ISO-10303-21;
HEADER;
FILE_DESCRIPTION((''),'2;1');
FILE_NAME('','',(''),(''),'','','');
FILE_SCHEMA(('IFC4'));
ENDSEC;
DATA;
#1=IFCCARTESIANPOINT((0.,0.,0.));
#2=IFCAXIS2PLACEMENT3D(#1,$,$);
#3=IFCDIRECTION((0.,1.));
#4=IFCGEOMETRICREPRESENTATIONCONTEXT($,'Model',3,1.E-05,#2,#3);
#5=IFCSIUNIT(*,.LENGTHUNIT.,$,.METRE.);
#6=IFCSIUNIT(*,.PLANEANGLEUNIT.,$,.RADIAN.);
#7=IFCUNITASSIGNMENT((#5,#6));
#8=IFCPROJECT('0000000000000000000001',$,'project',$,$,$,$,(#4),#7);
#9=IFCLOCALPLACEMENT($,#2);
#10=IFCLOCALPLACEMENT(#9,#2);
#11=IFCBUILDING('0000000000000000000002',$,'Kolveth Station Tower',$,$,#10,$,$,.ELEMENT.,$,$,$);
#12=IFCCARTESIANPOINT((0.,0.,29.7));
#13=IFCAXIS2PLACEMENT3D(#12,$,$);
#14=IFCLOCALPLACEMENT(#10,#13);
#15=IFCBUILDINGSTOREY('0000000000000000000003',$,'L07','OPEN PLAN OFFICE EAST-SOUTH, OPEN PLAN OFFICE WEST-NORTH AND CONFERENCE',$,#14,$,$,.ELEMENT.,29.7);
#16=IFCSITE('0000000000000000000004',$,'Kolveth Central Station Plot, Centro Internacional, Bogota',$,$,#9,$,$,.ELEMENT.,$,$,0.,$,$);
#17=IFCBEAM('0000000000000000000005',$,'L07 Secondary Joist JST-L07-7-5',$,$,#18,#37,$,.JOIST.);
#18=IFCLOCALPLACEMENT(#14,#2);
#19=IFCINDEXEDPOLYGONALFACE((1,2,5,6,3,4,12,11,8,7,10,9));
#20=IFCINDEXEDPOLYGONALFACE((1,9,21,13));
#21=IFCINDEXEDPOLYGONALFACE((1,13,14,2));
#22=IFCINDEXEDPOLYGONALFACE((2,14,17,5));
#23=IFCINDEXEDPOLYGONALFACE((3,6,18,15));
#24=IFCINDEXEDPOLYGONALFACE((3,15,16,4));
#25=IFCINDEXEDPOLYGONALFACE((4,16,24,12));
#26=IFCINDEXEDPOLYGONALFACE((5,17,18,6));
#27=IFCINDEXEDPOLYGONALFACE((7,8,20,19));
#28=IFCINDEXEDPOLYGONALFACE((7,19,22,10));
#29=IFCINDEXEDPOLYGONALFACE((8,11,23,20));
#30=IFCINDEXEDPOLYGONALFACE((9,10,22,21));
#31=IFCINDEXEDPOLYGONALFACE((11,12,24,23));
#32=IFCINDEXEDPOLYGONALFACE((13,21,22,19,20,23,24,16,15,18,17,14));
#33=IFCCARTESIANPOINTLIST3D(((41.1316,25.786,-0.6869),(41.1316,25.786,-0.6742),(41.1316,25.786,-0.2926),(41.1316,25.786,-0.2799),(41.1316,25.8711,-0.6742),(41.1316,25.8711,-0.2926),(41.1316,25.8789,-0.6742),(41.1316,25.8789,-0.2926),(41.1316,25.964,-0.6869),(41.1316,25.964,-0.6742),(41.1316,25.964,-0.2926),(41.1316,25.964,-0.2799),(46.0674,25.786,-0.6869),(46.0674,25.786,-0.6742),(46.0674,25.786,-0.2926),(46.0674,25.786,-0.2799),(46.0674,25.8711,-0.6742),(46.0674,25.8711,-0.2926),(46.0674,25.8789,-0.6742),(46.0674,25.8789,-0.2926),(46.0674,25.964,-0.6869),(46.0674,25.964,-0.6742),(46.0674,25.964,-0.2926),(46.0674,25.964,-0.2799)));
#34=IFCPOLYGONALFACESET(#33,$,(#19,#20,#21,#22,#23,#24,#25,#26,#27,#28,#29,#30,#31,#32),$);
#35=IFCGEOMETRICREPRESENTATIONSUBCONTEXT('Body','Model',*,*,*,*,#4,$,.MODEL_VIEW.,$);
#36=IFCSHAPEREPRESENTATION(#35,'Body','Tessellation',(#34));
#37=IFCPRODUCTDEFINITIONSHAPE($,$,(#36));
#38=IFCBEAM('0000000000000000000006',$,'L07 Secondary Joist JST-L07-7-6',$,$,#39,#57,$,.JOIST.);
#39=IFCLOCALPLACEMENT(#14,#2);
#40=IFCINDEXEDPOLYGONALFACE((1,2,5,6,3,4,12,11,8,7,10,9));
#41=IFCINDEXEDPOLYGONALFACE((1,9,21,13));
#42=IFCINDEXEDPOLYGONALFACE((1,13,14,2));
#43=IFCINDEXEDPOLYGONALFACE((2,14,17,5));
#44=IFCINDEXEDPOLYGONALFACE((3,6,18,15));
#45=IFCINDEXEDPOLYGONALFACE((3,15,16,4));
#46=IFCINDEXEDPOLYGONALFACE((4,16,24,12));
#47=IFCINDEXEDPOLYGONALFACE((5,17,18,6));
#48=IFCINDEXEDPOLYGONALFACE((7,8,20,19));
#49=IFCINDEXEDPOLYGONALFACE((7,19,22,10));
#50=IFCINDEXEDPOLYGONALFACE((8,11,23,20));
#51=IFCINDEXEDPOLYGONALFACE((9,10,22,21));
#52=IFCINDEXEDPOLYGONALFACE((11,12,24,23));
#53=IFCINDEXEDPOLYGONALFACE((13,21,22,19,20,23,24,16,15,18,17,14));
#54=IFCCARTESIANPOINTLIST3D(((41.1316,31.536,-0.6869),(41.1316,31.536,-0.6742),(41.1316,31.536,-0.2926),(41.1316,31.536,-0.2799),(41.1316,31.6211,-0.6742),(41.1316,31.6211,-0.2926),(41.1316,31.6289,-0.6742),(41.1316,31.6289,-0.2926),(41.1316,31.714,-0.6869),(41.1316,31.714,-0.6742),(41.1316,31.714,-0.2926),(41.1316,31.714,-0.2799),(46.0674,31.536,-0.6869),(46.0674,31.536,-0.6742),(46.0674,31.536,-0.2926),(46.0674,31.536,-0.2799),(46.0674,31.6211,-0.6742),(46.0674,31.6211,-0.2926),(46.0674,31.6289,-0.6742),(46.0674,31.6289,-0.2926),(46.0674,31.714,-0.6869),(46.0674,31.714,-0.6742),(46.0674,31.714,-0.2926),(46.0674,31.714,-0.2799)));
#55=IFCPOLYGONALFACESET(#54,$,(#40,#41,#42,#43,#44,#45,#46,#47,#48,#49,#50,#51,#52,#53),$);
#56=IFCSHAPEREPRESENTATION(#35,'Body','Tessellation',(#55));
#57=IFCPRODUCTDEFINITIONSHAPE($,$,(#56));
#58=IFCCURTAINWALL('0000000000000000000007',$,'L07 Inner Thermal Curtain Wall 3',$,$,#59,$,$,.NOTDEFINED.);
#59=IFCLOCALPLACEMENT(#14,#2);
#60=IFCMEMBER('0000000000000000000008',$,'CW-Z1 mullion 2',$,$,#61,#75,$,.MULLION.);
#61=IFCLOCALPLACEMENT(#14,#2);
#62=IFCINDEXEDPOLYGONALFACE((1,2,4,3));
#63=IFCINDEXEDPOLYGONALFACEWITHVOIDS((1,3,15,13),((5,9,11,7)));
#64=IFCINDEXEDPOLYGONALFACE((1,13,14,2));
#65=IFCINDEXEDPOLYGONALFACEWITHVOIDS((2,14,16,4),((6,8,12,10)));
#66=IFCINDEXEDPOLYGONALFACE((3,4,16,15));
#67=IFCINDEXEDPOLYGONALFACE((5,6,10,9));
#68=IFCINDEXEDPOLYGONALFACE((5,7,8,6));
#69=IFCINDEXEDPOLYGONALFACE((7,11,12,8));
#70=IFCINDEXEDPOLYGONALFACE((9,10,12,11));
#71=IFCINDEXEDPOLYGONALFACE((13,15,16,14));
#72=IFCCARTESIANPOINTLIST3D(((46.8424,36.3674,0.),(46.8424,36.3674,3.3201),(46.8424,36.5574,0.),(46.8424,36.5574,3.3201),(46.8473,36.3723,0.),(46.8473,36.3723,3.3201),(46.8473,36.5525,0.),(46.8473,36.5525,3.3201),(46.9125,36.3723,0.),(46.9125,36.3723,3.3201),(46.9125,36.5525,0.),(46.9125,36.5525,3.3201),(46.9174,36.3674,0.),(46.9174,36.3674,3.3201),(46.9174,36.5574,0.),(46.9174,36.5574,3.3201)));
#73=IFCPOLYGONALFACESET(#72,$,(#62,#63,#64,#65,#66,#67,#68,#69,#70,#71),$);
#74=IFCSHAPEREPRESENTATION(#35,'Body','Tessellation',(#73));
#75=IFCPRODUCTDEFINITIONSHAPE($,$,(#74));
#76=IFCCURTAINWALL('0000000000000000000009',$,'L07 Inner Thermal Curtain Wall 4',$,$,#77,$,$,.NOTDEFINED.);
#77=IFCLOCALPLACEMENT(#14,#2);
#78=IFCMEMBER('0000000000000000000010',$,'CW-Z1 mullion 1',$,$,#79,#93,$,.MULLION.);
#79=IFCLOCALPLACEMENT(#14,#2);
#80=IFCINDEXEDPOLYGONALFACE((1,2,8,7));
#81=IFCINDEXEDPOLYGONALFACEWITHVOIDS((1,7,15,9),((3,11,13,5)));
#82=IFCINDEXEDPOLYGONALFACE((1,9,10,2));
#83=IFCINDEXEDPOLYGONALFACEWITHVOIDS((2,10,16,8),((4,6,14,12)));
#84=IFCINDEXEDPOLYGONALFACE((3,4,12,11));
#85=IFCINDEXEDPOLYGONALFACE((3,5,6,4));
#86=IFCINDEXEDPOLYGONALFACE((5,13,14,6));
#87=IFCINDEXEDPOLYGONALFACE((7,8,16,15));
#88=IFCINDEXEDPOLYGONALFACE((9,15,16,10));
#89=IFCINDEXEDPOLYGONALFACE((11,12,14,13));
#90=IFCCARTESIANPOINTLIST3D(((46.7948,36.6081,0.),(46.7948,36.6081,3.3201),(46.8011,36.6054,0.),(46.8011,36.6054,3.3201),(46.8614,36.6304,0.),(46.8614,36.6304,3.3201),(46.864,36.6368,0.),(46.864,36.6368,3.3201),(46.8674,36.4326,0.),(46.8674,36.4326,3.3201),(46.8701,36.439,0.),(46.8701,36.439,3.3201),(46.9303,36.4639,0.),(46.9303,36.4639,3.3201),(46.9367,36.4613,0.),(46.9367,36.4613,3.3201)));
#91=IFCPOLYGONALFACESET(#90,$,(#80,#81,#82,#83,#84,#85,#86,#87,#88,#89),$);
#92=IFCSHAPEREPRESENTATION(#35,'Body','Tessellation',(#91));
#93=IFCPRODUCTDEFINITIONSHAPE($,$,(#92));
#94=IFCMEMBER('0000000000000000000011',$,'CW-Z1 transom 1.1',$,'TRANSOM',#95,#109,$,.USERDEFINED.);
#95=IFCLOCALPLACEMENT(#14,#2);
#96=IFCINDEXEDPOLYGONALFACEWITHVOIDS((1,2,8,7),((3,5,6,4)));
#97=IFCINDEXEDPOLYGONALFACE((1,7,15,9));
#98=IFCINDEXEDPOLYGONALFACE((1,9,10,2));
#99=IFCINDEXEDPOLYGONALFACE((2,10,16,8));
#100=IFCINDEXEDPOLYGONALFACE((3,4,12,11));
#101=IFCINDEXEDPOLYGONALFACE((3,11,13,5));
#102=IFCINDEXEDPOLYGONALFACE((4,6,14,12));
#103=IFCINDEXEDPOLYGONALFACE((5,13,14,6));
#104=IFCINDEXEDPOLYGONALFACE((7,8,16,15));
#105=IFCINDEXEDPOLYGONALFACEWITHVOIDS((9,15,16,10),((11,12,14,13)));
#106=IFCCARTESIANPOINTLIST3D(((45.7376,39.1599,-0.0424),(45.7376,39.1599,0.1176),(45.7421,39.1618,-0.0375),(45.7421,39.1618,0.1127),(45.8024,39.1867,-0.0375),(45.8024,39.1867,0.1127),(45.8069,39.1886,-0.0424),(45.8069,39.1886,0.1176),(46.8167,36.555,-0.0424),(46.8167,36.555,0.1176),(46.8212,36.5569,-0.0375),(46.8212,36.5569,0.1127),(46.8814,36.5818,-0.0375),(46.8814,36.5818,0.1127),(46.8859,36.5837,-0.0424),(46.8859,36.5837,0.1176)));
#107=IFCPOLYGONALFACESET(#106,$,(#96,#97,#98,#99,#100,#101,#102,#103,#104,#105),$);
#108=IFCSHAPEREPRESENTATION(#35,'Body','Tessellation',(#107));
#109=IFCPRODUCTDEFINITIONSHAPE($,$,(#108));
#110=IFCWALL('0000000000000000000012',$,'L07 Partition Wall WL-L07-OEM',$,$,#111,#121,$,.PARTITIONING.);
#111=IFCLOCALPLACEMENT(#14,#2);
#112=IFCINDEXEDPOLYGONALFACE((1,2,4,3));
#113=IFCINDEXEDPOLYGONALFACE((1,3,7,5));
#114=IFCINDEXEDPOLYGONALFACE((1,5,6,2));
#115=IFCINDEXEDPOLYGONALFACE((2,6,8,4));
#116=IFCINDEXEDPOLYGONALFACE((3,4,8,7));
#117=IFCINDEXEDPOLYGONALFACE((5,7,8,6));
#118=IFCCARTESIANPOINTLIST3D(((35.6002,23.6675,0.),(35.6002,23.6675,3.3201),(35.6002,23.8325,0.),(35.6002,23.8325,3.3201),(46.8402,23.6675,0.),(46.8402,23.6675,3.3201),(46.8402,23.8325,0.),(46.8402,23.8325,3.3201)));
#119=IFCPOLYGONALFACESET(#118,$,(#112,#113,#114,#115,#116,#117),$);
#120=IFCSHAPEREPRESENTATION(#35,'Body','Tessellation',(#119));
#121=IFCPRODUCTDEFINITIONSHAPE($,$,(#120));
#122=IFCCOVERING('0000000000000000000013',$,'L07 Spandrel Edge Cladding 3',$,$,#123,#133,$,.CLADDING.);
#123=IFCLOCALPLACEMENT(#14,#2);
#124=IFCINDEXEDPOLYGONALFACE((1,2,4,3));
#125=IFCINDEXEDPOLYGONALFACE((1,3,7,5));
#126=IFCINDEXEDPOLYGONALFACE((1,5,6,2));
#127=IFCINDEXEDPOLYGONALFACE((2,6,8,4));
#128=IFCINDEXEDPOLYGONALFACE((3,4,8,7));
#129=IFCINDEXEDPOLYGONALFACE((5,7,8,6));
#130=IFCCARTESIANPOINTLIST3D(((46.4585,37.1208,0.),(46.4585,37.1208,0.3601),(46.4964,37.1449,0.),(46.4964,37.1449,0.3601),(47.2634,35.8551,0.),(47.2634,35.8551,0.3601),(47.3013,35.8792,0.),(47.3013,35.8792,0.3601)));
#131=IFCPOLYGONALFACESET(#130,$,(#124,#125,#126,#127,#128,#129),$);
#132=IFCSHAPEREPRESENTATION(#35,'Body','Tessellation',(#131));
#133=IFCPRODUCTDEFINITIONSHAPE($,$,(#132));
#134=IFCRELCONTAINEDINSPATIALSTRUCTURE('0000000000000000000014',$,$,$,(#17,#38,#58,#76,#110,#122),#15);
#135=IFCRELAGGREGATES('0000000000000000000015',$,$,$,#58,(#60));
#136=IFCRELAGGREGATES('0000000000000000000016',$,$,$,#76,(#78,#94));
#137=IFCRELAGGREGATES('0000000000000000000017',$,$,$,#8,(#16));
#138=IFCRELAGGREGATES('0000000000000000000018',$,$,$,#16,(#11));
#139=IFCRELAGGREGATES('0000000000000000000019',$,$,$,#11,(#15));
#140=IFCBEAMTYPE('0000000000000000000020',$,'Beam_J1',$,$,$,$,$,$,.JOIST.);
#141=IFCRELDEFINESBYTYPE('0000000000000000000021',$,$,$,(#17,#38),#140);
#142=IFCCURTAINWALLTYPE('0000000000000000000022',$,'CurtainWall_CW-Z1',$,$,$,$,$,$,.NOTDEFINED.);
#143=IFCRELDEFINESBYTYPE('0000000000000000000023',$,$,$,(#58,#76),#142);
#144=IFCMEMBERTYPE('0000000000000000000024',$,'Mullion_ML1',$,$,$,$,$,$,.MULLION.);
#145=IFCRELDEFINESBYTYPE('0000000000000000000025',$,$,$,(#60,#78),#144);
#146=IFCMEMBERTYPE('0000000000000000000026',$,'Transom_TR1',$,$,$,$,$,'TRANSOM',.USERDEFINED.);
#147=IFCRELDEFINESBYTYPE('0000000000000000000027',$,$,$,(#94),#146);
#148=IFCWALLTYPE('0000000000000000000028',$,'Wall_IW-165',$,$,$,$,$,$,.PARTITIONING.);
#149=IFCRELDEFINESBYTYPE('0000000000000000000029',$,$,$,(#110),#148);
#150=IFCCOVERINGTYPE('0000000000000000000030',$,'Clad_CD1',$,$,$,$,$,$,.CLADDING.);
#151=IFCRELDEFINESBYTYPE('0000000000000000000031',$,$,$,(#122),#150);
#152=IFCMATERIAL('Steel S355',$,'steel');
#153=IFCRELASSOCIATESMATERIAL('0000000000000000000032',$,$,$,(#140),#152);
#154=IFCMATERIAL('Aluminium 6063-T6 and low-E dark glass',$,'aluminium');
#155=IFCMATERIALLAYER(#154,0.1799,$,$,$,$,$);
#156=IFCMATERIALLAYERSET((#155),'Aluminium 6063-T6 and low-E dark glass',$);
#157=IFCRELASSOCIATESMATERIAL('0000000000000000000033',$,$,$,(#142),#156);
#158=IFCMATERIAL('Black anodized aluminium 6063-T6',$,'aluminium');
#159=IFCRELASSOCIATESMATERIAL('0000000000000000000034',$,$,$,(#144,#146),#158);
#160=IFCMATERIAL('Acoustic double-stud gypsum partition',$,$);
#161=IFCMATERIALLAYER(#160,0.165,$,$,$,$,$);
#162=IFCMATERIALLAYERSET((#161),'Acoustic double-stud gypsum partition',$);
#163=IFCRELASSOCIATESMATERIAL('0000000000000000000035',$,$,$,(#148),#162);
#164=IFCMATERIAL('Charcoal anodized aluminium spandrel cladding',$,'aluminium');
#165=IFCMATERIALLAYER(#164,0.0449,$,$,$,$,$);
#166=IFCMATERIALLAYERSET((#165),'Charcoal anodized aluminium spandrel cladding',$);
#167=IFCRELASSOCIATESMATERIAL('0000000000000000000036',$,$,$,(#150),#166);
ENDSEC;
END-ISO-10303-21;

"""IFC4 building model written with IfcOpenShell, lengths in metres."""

from ifc_helpers import new_model, si_unit, direction, frame, frame_2d, origin, origin_2d, place, context, subcontext, project, spatial, rectangle, hollow_rectangle, i_section, extrude, source, transform, mapped, material, layer, layer_set, material_profile, profile_set, type_object, element, aggregate, save


model = new_model("IFC4")

# Units and contexts
model_context = context("Model", 3, precision=1e-05, world=origin(), true_north=direction((0.0, 1.0)))
body_context = subcontext(model_context, "Body", "Model", "MODEL_VIEW")
ifc_project = project(units=[si_unit("LENGTHUNIT", "METRE"), si_unit("PLANEANGLEUNIT", "RADIAN")], contexts=[model_context])

# Site, building, storey
site_placement = place(None, origin())
site = spatial("IfcSite", under=ifc_project, at=site_placement, Name="Kolveth Central Station Plot, Centro Internacional, Bogota", CompositionType="ELEMENT", RefElevation=0.0)
building_placement = place(site_placement, origin())
building = spatial("IfcBuilding", under=site, at=building_placement, Name="Kolveth Station Tower", CompositionType="ELEMENT")
storey_placement = place(building_placement, frame((0.0, 0.0, 29.7)))
storey = spatial("IfcBuildingStorey", under=building, at=storey_placement, Name="L07", Description="OPEN PLAN OFFICE EAST-SOUTH, OPEN PLAN OFFICE WEST-NORTH AND CONFERENCE", CompositionType="ELEMENT", Elevation=29.7)

# Shared definitions
ifc_material_1 = material(Name="Steel S355", Category="steel")

# Beams
ifc_material_profile_1 = material_profile(ifc_material_1, i_section(OverallWidth=0.178, OverallDepth=0.407, WebThickness=0.0078, FlangeThickness=0.0127, at=origin_2d()), Name="W410x60")
ifc_profile_set_1 = profile_set([ifc_material_profile_1], Name="Steel S355")
beam_type_1 = type_object("IfcBeamType", Name="Beam_J1", PredefinedType="JOIST", material=ifc_profile_set_1)
shared_shape_1 = source(origin(), body_context, "Body", "SweptSolid", [
    extrude(i_section(OverallWidth=0.178, OverallDepth=0.407, WebThickness=0.0078, FlangeThickness=0.0127, at=origin_2d()), origin(), (0.0, 0.0, 1.0), 4.9358),
])
for number, where, z_axis, x_axis, name in (
    (1, (41.1316, 25.875, -0.4834), (1.0, 0.0, 0.0), (0.0, 1.0, 0.0), "L07 Secondary Joist JST-L07-7-5"),
    (2, (41.1316, 31.625, -0.4834), (1.0, 0.0, 0.0), (0.0, 1.0, 0.0), "L07 Secondary Joist JST-L07-7-6"),
):
    element("IfcBeam", number, at=place(storey_placement, frame(where, z_axis=z_axis, x_axis=x_axis)), inside=storey, type_object=beam_type_1, Name=name, PredefinedType="JOIST", context=body_context, shape_type="MappedRepresentation", body=[
        mapped(shared_shape_1, transform((0.0, 0.0, 0.0), x_axis=(1.0, 0.0, 0.0), y_axis=(0.0, 1.0, 0.0), z_axis=(0.0, 0.0, 1.0), scale=1.0)),
    ])

# Curtain wall, member
ifc_material_2 = material(Name="Aluminium 6063-T6 and low-E dark glass", Category="aluminium")
ifc_layer_1 = layer(ifc_material_2, 0.1799)
ifc_layer_set_1 = layer_set([ifc_layer_1], Name="Aluminium 6063-T6 and low-E dark glass")
curtain_wall_type = type_object("IfcCurtainWallType", Name="CurtainWall_CW-Z1", PredefinedType="NOTDEFINED", material=ifc_layer_set_1)
curtain_wall_1_placement = place(storey_placement, origin())
curtain_wall_1 = element("IfcCurtainWall", 3, at=curtain_wall_1_placement, inside=storey, type_object=curtain_wall_type, Name="L07 Inner Thermal Curtain Wall 3", PredefinedType="NOTDEFINED")
ifc_material_3 = material(Name="Black anodized aluminium 6063-T6", Category="aluminium")
ifc_material_profile_2 = material_profile(ifc_material_3, hollow_rectangle(XDim=0.075, YDim=0.1899, WallThickness=0.0049, at=origin_2d()), Name="ALU-75x190x5")
ifc_profile_set_2 = profile_set([ifc_material_profile_2], Name="Black anodized aluminium 6063-T6")
member_type_1 = type_object("IfcMemberType", Name="Mullion_ML1", PredefinedType="MULLION", material=ifc_profile_set_2)
shared_shape_2 = source(origin(), body_context, "Body", "SweptSolid", [
    extrude(hollow_rectangle(XDim=0.075, YDim=0.1899, WallThickness=0.0049, at=origin_2d()), origin(), (0.0, 0.0, 1.0), 3.3201),
])
member_1_placement = place(storey_placement, frame((46.8799, 36.4624, 0.0), z_axis=(0.0, 0.0, 1.0), x_axis=(-1.0, 0.0, 0.0)))
member_1 = element("IfcMember", 4, at=member_1_placement, type_object=member_type_1, Name="CW-Z1 mullion 2", PredefinedType="MULLION", context=body_context, shape_type="MappedRepresentation", body=[
    mapped(shared_shape_2, transform((0.0, 0.0, 0.0), x_axis=(1.0, 0.0, 0.0), y_axis=(0.0, 1.0, 0.0), z_axis=(0.0, 0.0, 1.0), scale=1.0)),
])
aggregate(curtain_wall_1, [member_1])

# Curtain wall, members
curtain_wall_2_placement = place(storey_placement, origin())
curtain_wall_2 = element("IfcCurtainWall", 5, at=curtain_wall_2_placement, inside=storey, type_object=curtain_wall_type, Name="L07 Inner Thermal Curtain Wall 4", PredefinedType="NOTDEFINED")
member_2_placement = place(storey_placement, frame((46.8657, 36.5347, 0.0), z_axis=(0.0, 0.0, 1.0), x_axis=(-0.923884, -0.382673, 0.0)))
member_2 = element("IfcMember", 6, at=member_2_placement, type_object=member_type_1, Name="CW-Z1 mullion 1", PredefinedType="MULLION", context=body_context, shape_type="MappedRepresentation", body=[
    mapped(shared_shape_2, transform((0.0, 0.0, 0.0), x_axis=(1.0, 0.0, 0.0), y_axis=(0.0, 1.0, 0.0), z_axis=(0.0, 0.0, 1.0), scale=1.0)),
])
ifc_material_profile_3 = material_profile(ifc_material_3, hollow_rectangle(XDim=0.075, YDim=0.1599, WallThickness=0.0049, at=origin_2d()), Name="ALU-75x160x5")
ifc_profile_set_3 = profile_set([ifc_material_profile_3], Name="Black anodized aluminium 6063-T6")
member_type_2 = type_object("IfcMemberType", Name="Transom_TR1", ElementType="TRANSOM", PredefinedType="USERDEFINED", material=ifc_profile_set_3)
shared_shape_3 = source(origin(), body_context, "Body", "SweptSolid", [
    extrude(hollow_rectangle(XDim=0.075, YDim=0.1599, WallThickness=0.0049, at=origin_2d()), origin(), (0.0, 0.0, 1.0), 2.8196),
])
member_3_placement = place(storey_placement, frame((46.8513, 36.5693, 0.0376), z_axis=(-0.382709, 0.923869, 0.0), x_axis=(-0.923869, -0.382709, 0.0)))
member_3 = element("IfcMember", 7, at=member_3_placement, type_object=member_type_2, Name="CW-Z1 transom 1.1", ObjectType="TRANSOM", PredefinedType="USERDEFINED", context=body_context, shape_type="MappedRepresentation", body=[
    mapped(shared_shape_3, transform((0.0, 0.0, 0.0), x_axis=(1.0, 0.0, 0.0), y_axis=(0.0, 1.0, 0.0), z_axis=(0.0, 0.0, 1.0), scale=1.0)),
])
aggregate(curtain_wall_2, [member_2, member_3])

# Wall
ifc_material_4 = material(Name="Acoustic double-stud gypsum partition")
ifc_layer_2 = layer(ifc_material_4, 0.165)
ifc_layer_set_2 = layer_set([ifc_layer_2], Name="Acoustic double-stud gypsum partition")
wall_type = type_object("IfcWallType", Name="Wall_IW-165", PredefinedType="PARTITIONING", material=ifc_layer_set_2)
wall_placement = place(storey_placement, frame((35.6001, 23.75, 0.0), z_axis=(0.0, 0.0, 1.0), x_axis=(1.0, 0.0, 0.0)))
element("IfcWall", 8, at=wall_placement, inside=storey, type_object=wall_type, Name="L07 Partition Wall WL-L07-OEM", PredefinedType="PARTITIONING", context=body_context, shape_type="SweptSolid", body=[
    extrude(rectangle(XDim=11.24, YDim=0.165, at=frame_2d((5.6201, 0.0))), origin(), (0.0, 0.0, 1.0), 3.3201),
])

# Covering
ifc_material_5 = material(Name="Charcoal anodized aluminium spandrel cladding", Category="aluminium")
ifc_layer_3 = layer(ifc_material_5, 0.0449)
ifc_layer_set_3 = layer_set([ifc_layer_3], Name="Charcoal anodized aluminium spandrel cladding")
covering_type = type_object("IfcCoveringType", Name="Clad_CD1", PredefinedType="CLADDING", material=ifc_layer_set_3)
shared_shape_4 = source(origin(), body_context, "Body", "SweptSolid", [
    extrude(rectangle(XDim=1.5, YDim=0.0449, at=origin_2d()), origin(), (0.0, 0.0, 1.0), 0.3601),
])
covering_placement = place(storey_placement, frame((46.8799, 36.5, 0.0), z_axis=(0.0, 0.0, 1.0), x_axis=(-0.536563, 0.84386, 0.0)))
element("IfcCovering", 9, at=covering_placement, inside=storey, type_object=covering_type, Name="L07 Spandrel Edge Cladding 3", PredefinedType="CLADDING", context=body_context, shape_type="MappedRepresentation", body=[
    mapped(shared_shape_4, transform((0.0, 0.0, 0.0), x_axis=(1.0, 0.0, 0.0), y_axis=(0.0, 1.0, 0.0), z_axis=(0.0, 0.0, 1.0), scale=1.0)),
])

save(model, "model.ifc")
